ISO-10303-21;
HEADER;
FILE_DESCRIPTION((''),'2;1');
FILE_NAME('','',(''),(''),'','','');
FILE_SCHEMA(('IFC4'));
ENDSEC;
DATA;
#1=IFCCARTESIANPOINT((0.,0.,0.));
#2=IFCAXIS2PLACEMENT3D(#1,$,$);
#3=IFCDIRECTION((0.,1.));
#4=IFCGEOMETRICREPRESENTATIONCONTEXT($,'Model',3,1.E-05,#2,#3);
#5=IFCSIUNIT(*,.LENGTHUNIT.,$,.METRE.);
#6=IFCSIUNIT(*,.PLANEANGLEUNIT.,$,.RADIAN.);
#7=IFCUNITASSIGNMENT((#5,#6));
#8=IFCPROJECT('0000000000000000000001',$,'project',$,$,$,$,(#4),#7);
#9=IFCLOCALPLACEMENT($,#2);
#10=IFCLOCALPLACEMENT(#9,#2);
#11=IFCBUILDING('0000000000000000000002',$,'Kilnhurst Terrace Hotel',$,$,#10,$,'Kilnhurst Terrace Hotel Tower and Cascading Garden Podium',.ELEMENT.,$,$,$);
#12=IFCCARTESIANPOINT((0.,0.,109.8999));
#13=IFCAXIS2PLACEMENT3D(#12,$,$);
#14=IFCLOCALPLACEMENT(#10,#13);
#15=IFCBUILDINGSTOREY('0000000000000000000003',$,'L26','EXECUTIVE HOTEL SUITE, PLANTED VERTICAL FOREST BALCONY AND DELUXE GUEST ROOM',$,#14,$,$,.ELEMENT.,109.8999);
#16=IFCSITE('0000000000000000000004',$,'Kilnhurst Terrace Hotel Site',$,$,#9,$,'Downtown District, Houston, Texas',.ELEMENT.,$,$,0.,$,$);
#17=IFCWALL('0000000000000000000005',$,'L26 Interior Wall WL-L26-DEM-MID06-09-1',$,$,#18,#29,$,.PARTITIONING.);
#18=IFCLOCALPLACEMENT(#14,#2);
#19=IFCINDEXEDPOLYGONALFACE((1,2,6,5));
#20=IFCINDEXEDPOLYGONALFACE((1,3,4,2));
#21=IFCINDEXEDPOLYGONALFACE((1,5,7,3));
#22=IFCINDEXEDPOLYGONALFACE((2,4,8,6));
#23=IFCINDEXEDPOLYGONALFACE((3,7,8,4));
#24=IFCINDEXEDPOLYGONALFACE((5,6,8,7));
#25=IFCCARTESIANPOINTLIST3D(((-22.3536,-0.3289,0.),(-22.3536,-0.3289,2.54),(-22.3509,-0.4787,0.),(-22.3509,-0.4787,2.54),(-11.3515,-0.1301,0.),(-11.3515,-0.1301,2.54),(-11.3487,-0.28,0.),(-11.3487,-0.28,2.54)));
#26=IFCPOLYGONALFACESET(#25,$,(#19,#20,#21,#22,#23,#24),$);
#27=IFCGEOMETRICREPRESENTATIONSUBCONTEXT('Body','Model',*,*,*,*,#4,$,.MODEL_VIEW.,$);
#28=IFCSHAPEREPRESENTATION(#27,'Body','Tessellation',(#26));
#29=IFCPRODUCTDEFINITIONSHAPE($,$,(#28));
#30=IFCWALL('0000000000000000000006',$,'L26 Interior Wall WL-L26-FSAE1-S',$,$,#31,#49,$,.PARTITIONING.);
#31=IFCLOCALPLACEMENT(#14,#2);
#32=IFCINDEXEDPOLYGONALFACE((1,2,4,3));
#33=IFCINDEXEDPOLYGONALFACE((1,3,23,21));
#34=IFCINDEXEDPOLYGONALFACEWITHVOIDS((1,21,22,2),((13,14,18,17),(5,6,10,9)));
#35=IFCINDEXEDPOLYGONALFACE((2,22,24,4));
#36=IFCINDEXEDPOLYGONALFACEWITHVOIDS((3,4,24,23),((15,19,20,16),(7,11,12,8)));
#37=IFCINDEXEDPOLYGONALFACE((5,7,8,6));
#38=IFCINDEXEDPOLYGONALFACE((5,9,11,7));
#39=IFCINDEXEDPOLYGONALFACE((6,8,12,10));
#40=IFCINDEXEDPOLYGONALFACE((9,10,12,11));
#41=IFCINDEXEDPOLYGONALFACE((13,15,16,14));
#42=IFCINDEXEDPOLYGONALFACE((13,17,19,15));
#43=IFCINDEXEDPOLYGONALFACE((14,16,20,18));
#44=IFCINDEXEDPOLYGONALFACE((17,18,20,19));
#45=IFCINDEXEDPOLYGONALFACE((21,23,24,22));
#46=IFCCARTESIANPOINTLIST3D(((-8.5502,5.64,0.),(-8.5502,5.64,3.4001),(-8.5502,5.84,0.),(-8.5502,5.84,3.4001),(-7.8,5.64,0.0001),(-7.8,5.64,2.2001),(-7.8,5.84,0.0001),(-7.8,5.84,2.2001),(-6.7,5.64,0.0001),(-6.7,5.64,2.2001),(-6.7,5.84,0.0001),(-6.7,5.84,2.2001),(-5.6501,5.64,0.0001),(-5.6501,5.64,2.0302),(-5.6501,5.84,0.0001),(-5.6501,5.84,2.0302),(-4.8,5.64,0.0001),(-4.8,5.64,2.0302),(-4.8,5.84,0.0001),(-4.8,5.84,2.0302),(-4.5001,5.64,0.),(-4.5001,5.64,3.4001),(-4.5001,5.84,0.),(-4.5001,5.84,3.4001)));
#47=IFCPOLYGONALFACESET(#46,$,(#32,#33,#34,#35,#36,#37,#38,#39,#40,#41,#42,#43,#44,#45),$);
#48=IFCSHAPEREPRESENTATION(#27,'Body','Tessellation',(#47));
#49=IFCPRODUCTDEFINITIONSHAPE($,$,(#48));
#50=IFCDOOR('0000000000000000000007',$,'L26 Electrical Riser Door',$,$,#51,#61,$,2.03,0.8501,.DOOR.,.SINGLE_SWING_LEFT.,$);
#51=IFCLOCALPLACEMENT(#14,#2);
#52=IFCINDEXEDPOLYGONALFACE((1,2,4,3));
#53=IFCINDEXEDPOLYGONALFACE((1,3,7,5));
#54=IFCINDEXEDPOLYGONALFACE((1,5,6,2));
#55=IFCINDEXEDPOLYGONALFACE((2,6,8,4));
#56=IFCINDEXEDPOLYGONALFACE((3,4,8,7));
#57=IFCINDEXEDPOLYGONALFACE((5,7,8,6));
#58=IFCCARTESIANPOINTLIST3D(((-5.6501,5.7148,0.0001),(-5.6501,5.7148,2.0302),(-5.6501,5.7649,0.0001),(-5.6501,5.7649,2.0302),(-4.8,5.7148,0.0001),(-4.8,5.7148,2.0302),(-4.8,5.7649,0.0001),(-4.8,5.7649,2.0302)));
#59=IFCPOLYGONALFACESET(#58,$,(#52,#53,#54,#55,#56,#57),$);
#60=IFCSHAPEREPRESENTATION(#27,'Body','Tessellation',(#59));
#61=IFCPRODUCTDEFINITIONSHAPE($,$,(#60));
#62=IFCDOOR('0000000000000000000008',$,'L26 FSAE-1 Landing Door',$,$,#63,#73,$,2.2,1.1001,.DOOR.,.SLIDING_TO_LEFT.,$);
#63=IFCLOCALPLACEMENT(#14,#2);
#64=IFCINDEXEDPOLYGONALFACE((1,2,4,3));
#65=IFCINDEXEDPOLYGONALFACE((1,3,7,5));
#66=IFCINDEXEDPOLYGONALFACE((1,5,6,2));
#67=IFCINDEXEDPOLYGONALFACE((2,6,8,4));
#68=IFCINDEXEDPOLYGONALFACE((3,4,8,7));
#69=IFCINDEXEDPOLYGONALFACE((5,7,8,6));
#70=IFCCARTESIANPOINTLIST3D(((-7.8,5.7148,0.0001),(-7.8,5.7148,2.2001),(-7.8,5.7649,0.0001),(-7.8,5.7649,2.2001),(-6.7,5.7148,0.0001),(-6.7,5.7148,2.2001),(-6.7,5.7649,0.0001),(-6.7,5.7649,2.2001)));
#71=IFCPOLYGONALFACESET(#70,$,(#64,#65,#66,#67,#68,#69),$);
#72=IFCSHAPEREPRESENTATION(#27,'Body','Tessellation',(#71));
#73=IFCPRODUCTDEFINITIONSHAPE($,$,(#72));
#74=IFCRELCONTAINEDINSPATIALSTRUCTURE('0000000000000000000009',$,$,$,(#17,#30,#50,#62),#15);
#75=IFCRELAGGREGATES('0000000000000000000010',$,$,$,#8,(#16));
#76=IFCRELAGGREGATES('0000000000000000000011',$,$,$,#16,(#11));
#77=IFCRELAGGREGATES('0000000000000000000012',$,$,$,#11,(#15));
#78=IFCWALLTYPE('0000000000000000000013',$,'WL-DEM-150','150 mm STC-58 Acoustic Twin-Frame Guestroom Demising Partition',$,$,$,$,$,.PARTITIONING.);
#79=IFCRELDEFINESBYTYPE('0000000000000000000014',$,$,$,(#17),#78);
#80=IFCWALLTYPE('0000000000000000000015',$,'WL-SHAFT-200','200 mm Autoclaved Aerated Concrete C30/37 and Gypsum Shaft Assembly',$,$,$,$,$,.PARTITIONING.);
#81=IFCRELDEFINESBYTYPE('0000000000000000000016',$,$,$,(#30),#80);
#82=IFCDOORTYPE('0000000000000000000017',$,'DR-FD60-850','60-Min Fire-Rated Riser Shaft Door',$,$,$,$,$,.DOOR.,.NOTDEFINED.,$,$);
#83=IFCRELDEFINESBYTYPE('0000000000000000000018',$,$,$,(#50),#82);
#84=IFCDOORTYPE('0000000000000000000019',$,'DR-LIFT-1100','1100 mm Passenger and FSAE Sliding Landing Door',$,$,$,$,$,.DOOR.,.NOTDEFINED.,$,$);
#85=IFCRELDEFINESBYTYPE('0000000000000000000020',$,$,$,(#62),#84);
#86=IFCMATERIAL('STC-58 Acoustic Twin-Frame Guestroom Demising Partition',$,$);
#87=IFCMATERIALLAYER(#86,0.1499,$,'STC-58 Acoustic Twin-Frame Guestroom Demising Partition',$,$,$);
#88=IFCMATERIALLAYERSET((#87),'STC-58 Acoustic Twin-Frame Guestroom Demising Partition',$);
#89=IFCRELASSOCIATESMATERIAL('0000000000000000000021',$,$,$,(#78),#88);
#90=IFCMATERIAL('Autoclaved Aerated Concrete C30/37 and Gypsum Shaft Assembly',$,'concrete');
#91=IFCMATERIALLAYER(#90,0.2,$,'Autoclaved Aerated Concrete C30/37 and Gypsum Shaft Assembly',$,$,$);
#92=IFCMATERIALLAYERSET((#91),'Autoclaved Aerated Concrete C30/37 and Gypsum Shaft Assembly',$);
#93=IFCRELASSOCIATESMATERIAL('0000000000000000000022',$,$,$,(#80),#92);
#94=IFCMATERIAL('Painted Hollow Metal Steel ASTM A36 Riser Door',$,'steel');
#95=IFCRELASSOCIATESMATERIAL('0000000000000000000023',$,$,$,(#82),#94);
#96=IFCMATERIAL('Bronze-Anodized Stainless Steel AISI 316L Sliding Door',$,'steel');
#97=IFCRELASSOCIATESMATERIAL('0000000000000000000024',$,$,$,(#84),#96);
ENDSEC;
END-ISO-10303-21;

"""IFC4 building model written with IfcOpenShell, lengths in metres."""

from ifc_helpers import new_model, si_unit, direction, frame, frame_2d, origin, place, context, subcontext, project, spatial, rectangle, extrude, material, layer, layer_set, type_object, element, fill, save


model = new_model("IFC4")

# Units and contexts
model_context = context("Model", 3, precision=1e-05, world=origin(), true_north=direction((0.0, 1.0)))
body_context = subcontext(model_context, "Body", "Model", "MODEL_VIEW")
ifc_project = project(units=[si_unit("LENGTHUNIT", "METRE"), si_unit("PLANEANGLEUNIT", "RADIAN")], contexts=[model_context])

# Site, building, storey
site_placement = place(None, origin())
site = spatial("IfcSite", under=ifc_project, at=site_placement, Name="Kilnhurst Terrace Hotel Site", LongName="Downtown District, Houston, Texas", CompositionType="ELEMENT", RefElevation=0.0)
building_placement = place(site_placement, origin())
building = spatial("IfcBuilding", under=site, at=building_placement, Name="Kilnhurst Terrace Hotel", LongName="Kilnhurst Terrace Hotel Tower and Cascading Garden Podium", CompositionType="ELEMENT")
storey_placement = place(building_placement, frame((0.0, 0.0, 109.8999)))
storey = spatial("IfcBuildingStorey", under=building, at=storey_placement, Name="L26", Description="EXECUTIVE HOTEL SUITE, PLANTED VERTICAL FOREST BALCONY AND DELUXE GUEST ROOM", CompositionType="ELEMENT", Elevation=109.8999)

# Wall
ifc_material_1 = material(Name="STC-58 Acoustic Twin-Frame Guestroom Demising Partition")
ifc_layer_1 = layer(ifc_material_1, 0.1499, Name="STC-58 Acoustic Twin-Frame Guestroom Demising Partition")
ifc_layer_set_1 = layer_set([ifc_layer_1], Name="STC-58 Acoustic Twin-Frame Guestroom Demising Partition")
wall_type_1 = type_object("IfcWallType", Name="WL-DEM-150", Description="150 mm STC-58 Acoustic Twin-Frame Guestroom Demising Partition", PredefinedType="PARTITIONING", material=ifc_layer_set_1)
wall_1_placement = place(storey_placement, frame((-11.3501, -0.2051, 0.0), z_axis=(0.0, 0.0, 1.0), x_axis=(-0.999837, -0.01806, 0.0)))
element("IfcWall", 1, at=wall_1_placement, inside=storey, type_object=wall_type_1, Name="L26 Interior Wall WL-L26-DEM-MID06-09-1", PredefinedType="PARTITIONING", context=body_context, shape_type="SweptSolid", body=[
    extrude(rectangle(XDim=11.0039, YDim=0.1499, at=frame_2d((5.502, 0.0))), origin(), (0.0, 0.0, 1.0), 2.54),
])

# Wall, openings, doors
ifc_material_2 = material(Name="Autoclaved Aerated Concrete C30/37 and Gypsum Shaft Assembly", Category="concrete")
ifc_layer_2 = layer(ifc_material_2, 0.2, Name="Autoclaved Aerated Concrete C30/37 and Gypsum Shaft Assembly")
ifc_layer_set_2 = layer_set([ifc_layer_2], Name="Autoclaved Aerated Concrete C30/37 and Gypsum Shaft Assembly")
wall_type_2 = type_object("IfcWallType", Name="WL-SHAFT-200", Description="200 mm Autoclaved Aerated Concrete C30/37 and Gypsum Shaft Assembly", PredefinedType="PARTITIONING", material=ifc_layer_set_2)
wall_2_placement = place(storey_placement, frame((-8.55, 5.74, 0.0), z_axis=(0.0, 0.0, 1.0), x_axis=(1.0, 0.0, 0.0)))
wall_2 = element("IfcWall", 2, at=wall_2_placement, inside=storey, type_object=wall_type_2, Name="L26 Interior Wall WL-L26-FSAE1-S", PredefinedType="PARTITIONING", context=body_context, shape_type="SweptSolid", body=[
    extrude(rectangle(XDim=4.05, YDim=0.2, at=frame_2d((2.0249, 0.0))), origin(), (0.0, 0.0, 1.0), 3.4001),
])
opening_1_placement = place(wall_2_placement, frame((0.75, 0.0, 0.0)))
opening_1 = element("IfcOpeningElement", 3, at=opening_1_placement, cuts=wall_2, PredefinedType="OPENING", context=body_context, shape_type="SweptSolid", body=[
    extrude(rectangle(XDim=1.1001, YDim=2.2, at=frame_2d((0.55, 1.1001))), frame((0.0, 0.1099, 0.0), z_axis=(0.0, -1.0, 0.0), x_axis=(1.0, 0.0, 0.0)), (0.0, 0.0, 1.0), 0.22),
])
opening_2_placement = place(wall_2_placement, frame((2.8999, 0.0, 0.0)))
opening_2 = element("IfcOpeningElement", 4, at=opening_2_placement, cuts=wall_2, PredefinedType="OPENING", context=body_context, shape_type="SweptSolid", body=[
    extrude(rectangle(XDim=0.8501, YDim=2.03, at=frame_2d((0.425, 1.0151))), frame((0.0, 0.1099, 0.0), z_axis=(0.0, -1.0, 0.0), x_axis=(1.0, 0.0, 0.0)), (0.0, 0.0, 1.0), 0.22),
])
ifc_material_3 = material(Name="Painted Hollow Metal Steel ASTM A36 Riser Door", Category="steel")
door_type_1 = type_object("IfcDoorType", Name="DR-FD60-850", Description="60-Min Fire-Rated Riser Shaft Door", OperationType="NOTDEFINED", PredefinedType="DOOR", material=ifc_material_3)
door_1_placement = place(opening_2_placement, origin())
door_1 = element("IfcDoor", 5, at=door_1_placement, inside=storey, type_object=door_type_1, Name="L26 Electrical Riser Door", OperationType="SINGLE_SWING_LEFT", OverallHeight=2.03, OverallWidth=0.8501, PredefinedType="DOOR", context=body_context, shape_type="SweptSolid", body=[
    extrude(rectangle(XDim=0.8501, YDim=2.03, at=frame_2d((0.425, 1.0151))), frame((0.0, 0.0249, 0.0), z_axis=(0.0, -1.0, 0.0), x_axis=(1.0, 0.0, 0.0)), (0.0, 0.0, 1.0), 0.05),
])
fill(opening_2, door_1)
ifc_material_4 = material(Name="Bronze-Anodized Stainless Steel AISI 316L Sliding Door", Category="steel")
door_type_2 = type_object("IfcDoorType", Name="DR-LIFT-1100", Description="1100 mm Passenger and FSAE Sliding Landing Door", OperationType="NOTDEFINED", PredefinedType="DOOR", material=ifc_material_4)
door_2_placement = place(opening_1_placement, origin())
door_2 = element("IfcDoor", 6, at=door_2_placement, inside=storey, type_object=door_type_2, Name="L26 FSAE-1 Landing Door", OperationType="SLIDING_TO_LEFT", OverallHeight=2.2, OverallWidth=1.1001, PredefinedType="DOOR", context=body_context, shape_type="SweptSolid", body=[
    extrude(rectangle(XDim=1.1001, YDim=2.2, at=frame_2d((0.55, 1.1001))), frame((0.0, 0.0249, 0.0), z_axis=(0.0, -1.0, 0.0), x_axis=(1.0, 0.0, 0.0)), (0.0, 0.0, 1.0), 0.05),
])
fill(opening_1, door_2)

save(model, "model.ifc")
